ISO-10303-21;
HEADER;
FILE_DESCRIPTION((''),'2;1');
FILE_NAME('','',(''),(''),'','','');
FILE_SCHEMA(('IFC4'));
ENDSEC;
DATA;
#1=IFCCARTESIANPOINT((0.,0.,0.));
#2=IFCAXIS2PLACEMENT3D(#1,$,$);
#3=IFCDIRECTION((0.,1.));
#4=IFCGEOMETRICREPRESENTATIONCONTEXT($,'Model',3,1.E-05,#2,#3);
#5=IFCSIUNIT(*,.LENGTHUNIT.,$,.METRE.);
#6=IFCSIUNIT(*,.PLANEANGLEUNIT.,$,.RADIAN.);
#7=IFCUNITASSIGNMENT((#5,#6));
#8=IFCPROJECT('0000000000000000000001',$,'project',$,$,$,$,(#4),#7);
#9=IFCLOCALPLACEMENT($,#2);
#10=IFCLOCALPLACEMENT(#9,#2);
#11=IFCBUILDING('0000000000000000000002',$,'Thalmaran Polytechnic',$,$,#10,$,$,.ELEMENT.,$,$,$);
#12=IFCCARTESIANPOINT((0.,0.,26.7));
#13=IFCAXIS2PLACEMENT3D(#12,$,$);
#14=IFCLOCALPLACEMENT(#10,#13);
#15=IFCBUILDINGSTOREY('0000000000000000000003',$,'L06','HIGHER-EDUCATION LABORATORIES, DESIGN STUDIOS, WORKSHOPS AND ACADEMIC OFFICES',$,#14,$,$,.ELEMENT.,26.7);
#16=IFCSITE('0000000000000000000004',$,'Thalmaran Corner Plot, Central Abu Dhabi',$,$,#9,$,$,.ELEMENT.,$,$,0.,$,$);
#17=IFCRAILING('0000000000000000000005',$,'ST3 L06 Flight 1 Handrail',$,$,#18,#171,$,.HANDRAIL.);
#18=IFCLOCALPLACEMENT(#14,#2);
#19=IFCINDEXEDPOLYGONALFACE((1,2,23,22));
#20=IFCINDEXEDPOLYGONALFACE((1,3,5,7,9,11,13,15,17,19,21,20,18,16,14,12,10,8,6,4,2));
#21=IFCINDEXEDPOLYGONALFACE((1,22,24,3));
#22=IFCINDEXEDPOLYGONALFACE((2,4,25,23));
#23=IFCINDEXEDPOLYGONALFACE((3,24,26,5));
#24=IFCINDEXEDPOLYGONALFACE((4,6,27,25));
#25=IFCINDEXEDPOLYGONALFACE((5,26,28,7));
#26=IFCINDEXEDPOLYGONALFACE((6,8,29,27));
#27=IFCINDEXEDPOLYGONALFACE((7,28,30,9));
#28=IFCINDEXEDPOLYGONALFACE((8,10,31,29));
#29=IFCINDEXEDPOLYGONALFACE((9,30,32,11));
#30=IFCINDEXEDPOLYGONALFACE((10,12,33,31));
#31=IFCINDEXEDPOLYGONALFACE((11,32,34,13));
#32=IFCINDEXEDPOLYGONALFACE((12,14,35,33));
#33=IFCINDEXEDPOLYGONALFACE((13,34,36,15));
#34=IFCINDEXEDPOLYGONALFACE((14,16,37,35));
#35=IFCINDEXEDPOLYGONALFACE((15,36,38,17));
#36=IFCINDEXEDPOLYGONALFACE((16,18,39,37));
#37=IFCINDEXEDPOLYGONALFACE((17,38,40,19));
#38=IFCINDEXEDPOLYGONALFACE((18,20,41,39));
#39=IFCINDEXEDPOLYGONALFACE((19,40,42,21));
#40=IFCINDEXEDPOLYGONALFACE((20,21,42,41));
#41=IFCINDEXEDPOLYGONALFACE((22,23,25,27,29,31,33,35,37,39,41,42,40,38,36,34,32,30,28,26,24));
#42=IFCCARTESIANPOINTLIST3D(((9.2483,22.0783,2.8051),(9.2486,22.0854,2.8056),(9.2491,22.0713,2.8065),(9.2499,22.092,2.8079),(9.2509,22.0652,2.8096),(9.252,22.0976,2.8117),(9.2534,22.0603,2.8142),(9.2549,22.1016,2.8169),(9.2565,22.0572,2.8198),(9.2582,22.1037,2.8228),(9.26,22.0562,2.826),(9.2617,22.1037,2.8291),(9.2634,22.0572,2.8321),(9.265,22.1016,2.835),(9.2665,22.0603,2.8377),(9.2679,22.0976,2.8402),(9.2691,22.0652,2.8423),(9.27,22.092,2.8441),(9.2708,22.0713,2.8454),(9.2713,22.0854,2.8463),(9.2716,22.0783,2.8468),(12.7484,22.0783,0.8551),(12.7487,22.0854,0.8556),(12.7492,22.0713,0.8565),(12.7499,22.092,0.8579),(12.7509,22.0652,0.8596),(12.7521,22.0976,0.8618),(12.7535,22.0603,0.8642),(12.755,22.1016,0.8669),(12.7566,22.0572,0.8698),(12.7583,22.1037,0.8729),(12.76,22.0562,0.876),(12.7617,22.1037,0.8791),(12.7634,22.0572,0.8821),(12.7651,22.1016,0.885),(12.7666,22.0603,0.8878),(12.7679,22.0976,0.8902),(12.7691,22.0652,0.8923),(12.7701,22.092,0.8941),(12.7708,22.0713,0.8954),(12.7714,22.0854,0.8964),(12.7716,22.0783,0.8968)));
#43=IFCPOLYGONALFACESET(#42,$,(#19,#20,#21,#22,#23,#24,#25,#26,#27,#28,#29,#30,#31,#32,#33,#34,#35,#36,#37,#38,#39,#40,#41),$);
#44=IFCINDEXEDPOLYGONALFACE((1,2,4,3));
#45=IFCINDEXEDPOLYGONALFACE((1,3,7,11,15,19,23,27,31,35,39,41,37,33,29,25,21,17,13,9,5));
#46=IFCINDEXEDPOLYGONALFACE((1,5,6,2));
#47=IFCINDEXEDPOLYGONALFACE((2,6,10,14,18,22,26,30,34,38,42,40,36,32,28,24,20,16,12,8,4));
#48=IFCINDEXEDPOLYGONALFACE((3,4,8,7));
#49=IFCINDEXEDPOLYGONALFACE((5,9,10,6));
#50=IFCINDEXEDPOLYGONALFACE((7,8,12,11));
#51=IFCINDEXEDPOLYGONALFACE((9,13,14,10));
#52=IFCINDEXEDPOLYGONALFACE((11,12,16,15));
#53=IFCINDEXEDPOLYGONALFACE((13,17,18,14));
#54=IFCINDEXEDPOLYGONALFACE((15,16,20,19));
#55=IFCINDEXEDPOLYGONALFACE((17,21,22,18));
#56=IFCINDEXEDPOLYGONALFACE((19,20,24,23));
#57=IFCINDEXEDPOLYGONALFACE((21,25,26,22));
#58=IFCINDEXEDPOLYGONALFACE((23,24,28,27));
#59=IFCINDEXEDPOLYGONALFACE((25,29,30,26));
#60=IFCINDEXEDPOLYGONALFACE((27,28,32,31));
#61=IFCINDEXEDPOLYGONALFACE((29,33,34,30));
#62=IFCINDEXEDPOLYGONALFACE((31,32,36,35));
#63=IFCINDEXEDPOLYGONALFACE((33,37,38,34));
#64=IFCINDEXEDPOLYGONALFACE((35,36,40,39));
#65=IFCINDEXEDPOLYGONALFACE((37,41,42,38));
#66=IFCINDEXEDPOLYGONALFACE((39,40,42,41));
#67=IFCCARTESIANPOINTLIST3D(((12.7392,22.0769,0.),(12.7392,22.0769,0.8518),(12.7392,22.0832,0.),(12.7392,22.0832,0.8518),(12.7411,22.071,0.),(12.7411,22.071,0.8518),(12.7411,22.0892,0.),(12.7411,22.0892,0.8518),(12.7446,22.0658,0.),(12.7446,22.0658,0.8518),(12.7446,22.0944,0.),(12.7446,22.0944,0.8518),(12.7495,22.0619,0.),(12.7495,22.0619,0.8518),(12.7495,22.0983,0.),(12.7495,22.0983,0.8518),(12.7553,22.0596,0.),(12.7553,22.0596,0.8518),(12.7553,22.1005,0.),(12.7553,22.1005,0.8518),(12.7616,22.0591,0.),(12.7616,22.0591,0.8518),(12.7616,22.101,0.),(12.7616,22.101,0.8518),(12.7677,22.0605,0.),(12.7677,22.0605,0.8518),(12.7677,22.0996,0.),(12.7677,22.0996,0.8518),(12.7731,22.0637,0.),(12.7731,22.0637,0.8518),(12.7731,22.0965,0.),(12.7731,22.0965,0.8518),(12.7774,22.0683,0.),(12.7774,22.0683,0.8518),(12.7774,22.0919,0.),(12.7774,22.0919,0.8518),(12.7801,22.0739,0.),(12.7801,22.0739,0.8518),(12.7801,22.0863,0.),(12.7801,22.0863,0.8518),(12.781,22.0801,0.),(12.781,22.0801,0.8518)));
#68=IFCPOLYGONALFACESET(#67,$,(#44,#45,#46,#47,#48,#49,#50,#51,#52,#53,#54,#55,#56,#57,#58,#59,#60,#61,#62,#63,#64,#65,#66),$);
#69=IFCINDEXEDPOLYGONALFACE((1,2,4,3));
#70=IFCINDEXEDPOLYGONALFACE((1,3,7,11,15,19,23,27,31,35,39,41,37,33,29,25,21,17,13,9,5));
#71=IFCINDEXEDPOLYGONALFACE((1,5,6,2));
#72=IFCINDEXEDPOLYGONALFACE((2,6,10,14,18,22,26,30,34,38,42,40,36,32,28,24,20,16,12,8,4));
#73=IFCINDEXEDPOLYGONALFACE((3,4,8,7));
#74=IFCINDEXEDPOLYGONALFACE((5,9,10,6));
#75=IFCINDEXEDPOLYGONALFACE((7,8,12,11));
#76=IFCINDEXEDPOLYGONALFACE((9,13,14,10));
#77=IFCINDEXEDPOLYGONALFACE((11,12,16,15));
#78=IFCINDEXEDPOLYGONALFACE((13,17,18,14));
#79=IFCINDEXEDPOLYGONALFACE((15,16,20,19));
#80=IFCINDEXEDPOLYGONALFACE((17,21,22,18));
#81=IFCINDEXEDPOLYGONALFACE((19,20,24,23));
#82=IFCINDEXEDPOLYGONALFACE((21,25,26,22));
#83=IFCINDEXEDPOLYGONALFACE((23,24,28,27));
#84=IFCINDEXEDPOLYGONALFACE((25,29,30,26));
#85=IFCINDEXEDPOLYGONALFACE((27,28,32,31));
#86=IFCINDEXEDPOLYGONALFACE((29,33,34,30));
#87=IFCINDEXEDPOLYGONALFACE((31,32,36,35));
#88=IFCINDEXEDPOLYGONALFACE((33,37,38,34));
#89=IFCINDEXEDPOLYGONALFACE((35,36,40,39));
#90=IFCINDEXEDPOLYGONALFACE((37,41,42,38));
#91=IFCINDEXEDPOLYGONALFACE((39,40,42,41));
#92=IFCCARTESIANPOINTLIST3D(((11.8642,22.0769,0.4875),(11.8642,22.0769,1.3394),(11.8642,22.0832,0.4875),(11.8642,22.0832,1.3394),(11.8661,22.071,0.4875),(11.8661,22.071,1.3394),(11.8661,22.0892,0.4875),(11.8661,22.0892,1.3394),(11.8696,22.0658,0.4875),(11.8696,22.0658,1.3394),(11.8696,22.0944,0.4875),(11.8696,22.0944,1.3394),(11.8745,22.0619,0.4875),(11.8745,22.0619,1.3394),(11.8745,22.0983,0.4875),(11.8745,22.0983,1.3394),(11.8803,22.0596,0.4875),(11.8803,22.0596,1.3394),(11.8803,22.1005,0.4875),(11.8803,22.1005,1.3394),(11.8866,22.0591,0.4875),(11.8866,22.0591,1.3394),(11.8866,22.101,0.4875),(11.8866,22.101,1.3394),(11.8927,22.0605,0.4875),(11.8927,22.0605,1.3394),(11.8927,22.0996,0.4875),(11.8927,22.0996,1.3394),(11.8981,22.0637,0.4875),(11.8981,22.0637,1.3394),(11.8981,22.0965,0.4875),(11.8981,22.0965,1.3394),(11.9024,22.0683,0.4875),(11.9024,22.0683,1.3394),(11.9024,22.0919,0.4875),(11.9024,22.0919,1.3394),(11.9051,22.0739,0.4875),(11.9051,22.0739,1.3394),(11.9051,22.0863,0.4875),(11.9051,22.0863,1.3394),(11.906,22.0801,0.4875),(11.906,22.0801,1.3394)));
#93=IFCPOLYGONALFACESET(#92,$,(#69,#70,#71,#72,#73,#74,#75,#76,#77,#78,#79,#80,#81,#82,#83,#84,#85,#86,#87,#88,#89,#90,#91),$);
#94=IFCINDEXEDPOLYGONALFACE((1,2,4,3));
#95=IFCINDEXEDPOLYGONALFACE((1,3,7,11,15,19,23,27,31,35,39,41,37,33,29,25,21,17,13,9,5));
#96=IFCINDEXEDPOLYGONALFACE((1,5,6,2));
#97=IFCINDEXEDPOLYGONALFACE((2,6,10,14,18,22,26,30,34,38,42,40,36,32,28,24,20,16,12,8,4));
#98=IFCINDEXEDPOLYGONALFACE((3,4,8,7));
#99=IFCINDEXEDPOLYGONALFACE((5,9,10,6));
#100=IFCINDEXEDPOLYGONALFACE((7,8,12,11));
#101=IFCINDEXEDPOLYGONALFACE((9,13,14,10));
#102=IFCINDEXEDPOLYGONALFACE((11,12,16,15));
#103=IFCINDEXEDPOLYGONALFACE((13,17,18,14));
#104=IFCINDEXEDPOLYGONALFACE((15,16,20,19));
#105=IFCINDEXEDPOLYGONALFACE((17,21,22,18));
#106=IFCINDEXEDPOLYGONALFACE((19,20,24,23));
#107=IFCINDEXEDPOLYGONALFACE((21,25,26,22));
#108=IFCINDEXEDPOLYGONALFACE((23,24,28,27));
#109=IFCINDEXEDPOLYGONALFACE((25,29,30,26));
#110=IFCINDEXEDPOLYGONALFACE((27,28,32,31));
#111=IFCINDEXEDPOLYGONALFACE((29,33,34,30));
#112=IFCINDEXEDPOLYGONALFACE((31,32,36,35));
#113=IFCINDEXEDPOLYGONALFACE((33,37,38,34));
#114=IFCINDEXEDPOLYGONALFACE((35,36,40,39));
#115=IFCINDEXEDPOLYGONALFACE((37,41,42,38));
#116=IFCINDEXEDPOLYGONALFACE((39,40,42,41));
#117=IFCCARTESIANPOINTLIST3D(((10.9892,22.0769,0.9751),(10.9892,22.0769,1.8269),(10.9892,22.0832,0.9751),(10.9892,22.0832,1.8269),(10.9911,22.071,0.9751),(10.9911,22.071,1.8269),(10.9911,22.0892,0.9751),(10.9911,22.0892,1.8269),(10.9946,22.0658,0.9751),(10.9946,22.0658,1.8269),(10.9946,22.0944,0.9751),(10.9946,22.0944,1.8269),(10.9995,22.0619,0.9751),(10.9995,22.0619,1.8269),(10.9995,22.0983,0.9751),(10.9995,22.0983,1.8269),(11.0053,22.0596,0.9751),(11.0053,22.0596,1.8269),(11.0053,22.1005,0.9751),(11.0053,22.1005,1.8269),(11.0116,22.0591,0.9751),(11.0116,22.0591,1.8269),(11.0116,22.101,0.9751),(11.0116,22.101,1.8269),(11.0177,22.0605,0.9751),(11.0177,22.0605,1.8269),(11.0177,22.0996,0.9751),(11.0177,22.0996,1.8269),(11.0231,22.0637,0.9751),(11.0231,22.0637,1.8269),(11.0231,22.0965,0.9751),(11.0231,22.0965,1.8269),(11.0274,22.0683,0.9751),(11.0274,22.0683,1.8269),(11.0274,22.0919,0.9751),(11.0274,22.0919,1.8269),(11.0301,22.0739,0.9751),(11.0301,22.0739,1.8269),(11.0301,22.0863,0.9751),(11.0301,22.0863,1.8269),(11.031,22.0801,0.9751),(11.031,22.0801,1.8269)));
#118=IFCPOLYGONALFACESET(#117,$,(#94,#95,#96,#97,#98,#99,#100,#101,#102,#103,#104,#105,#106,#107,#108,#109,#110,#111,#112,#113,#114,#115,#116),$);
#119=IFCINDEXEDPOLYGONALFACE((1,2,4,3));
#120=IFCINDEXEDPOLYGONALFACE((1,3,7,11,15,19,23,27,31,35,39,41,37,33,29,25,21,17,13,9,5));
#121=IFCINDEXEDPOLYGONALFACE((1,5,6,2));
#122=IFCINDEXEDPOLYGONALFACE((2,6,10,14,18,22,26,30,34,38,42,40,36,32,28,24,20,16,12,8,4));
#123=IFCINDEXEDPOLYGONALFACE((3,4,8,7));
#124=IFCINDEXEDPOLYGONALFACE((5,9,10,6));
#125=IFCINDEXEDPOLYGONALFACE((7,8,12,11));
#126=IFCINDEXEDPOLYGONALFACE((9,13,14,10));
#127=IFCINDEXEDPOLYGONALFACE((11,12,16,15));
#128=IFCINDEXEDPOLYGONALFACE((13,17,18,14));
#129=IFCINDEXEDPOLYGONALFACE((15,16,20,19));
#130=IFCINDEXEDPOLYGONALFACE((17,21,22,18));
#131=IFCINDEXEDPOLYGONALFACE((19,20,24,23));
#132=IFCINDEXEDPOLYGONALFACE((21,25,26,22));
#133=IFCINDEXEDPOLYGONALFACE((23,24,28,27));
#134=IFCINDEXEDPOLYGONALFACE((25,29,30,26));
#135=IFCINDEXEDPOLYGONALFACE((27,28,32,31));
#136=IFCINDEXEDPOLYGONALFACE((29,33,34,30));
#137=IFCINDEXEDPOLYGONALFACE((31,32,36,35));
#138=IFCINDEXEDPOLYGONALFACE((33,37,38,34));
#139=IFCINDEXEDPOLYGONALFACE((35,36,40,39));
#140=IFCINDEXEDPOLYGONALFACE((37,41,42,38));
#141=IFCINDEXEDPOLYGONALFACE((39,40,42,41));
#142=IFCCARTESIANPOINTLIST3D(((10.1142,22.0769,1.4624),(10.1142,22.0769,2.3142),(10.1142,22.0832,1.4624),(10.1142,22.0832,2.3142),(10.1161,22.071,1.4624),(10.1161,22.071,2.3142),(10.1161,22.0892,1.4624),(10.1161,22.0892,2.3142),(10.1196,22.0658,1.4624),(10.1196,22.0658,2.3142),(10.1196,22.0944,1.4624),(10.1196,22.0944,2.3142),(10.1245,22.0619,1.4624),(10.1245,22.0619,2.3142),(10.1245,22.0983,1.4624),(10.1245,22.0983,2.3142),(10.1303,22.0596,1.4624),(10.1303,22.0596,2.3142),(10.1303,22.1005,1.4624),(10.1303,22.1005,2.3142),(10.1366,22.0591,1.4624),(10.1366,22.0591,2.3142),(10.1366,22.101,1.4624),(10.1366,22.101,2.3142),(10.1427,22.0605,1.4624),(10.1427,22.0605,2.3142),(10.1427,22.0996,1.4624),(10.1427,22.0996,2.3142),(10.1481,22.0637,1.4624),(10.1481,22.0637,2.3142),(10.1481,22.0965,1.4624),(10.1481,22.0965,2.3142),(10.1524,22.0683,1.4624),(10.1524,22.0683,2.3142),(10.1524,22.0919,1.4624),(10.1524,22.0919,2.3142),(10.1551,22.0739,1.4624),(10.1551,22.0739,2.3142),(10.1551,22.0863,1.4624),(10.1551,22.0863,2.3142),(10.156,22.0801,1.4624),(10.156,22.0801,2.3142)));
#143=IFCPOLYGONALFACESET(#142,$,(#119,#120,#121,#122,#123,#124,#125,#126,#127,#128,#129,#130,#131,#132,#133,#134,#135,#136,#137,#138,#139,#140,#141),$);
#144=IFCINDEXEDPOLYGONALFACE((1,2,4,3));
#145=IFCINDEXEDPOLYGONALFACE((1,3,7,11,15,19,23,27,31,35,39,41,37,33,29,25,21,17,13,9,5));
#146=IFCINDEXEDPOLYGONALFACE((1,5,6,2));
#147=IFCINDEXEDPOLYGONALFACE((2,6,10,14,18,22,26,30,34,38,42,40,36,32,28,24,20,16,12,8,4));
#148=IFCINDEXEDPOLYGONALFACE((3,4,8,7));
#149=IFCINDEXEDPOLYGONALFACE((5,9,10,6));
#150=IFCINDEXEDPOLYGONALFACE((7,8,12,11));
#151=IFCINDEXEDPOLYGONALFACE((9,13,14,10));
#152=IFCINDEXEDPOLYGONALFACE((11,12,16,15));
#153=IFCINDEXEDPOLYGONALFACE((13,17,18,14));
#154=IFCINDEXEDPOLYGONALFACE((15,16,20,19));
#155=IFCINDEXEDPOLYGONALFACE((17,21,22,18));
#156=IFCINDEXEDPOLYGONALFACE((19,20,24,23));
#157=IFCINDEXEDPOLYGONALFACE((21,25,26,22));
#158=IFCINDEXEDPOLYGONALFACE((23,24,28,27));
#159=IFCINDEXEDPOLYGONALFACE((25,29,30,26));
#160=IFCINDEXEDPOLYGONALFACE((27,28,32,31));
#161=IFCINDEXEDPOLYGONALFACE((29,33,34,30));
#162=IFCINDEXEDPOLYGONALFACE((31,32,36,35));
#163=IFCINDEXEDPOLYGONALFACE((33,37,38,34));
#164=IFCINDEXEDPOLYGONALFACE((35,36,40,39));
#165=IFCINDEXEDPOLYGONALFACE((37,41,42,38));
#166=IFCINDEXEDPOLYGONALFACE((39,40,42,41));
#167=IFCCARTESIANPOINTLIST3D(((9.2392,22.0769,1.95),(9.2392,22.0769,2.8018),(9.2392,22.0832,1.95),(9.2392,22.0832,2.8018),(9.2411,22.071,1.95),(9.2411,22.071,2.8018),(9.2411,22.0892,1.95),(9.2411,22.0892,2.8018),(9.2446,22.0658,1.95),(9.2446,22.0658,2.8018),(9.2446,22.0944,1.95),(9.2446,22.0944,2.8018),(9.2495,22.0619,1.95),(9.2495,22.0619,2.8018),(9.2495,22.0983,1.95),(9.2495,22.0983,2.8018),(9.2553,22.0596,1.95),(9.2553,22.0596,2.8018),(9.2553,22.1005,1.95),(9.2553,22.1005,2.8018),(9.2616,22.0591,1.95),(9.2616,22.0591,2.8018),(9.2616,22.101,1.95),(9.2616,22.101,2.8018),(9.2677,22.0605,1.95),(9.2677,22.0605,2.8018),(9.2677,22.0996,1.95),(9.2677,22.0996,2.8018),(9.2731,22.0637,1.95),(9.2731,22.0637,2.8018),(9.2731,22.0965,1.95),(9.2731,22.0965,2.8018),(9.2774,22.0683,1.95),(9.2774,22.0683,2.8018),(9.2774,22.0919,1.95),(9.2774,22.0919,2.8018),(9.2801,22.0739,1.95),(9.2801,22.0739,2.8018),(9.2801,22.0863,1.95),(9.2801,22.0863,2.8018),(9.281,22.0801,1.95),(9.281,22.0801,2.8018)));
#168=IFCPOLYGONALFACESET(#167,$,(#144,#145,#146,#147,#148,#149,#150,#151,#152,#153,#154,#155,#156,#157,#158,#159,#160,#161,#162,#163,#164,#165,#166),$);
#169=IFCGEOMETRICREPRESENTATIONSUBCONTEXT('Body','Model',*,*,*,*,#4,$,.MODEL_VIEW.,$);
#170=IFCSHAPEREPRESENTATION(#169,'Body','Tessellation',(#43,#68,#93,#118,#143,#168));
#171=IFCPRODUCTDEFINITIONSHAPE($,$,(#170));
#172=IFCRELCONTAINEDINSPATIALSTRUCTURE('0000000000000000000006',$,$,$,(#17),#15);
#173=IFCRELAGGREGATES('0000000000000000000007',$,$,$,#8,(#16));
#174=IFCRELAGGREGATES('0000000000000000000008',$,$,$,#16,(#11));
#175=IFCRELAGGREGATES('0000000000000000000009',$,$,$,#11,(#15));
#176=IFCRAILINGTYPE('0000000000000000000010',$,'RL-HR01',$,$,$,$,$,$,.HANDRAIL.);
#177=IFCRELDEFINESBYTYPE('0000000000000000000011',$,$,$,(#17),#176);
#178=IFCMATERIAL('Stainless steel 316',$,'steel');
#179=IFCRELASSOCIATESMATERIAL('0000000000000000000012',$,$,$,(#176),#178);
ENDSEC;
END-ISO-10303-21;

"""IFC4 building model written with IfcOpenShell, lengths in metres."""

from ifc_helpers import new_model, si_unit, direction, frame, origin, origin_2d, place, context, subcontext, project, spatial, circle, extrude, material, type_object, element, save


model = new_model("IFC4")

# Units and contexts
model_context = context("Model", 3, precision=1e-05, world=origin(), true_north=direction((0.0, 1.0)))
body_context = subcontext(model_context, "Body", "Model", "MODEL_VIEW")
ifc_project = project(units=[si_unit("LENGTHUNIT", "METRE"), si_unit("PLANEANGLEUNIT", "RADIAN")], contexts=[model_context])

# Site, building, storey
site_placement = place(None, origin())
site = spatial("IfcSite", under=ifc_project, at=site_placement, Name="Thalmaran Corner Plot, Central Abu Dhabi", CompositionType="ELEMENT", RefElevation=0.0)
building_placement = place(site_placement, origin())
building = spatial("IfcBuilding", under=site, at=building_placement, Name="Thalmaran Polytechnic", CompositionType="ELEMENT")
storey_placement = place(building_placement, frame((0.0, 0.0, 26.7)))
storey = spatial("IfcBuildingStorey", under=building, at=storey_placement, Name="L06", Description="HIGHER-EDUCATION LABORATORIES, DESIGN STUDIOS, WORKSHOPS AND ACADEMIC OFFICES", CompositionType="ELEMENT", Elevation=26.7)

# Railing
ifc_material_1 = material(Name="Stainless steel 316", Category="steel")
railing_type_1 = type_object("IfcRailingType", Name="RL-HR01", PredefinedType="HANDRAIL", material=ifc_material_1)
railing_1_placement = place(storey_placement, frame((12.76, 22.0801, 0.0)))
element("IfcRailing", 1, at=railing_1_placement, inside=storey, type_object=railing_type_1, Name="ST3 L06 Flight 1 Handrail", PredefinedType="HANDRAIL", context=body_context, shape_type="SweptSolid", body=[
    extrude(circle(Radius=0.0239, at=origin_2d()), frame((0.0, 0.0, 0.876), z_axis=(-0.873573, 0.0, 0.486693), x_axis=(0.0, -1.0, 0.0)), (0.0, 0.0, 1.0), 4.0066),
    extrude(circle(Radius=0.021, at=origin_2d()), origin(), (0.0, 0.0, 1.0), 0.8518),
    extrude(circle(Radius=0.021, at=origin_2d()), frame((-0.875, 0.0, 0.4875)), (0.0, 0.0, 1.0), 0.8518),
    extrude(circle(Radius=0.021, at=origin_2d()), frame((-1.75, 0.0, 0.9751)), (0.0, 0.0, 1.0), 0.8518),
    extrude(circle(Radius=0.021, at=origin_2d()), frame((-2.625, 0.0, 1.4624)), (0.0, 0.0, 1.0), 0.8518),
    extrude(circle(Radius=0.021, at=origin_2d()), frame((-3.5, 0.0, 1.95)), (0.0, 0.0, 1.0), 0.8518),
])

save(model, "model.ifc")
